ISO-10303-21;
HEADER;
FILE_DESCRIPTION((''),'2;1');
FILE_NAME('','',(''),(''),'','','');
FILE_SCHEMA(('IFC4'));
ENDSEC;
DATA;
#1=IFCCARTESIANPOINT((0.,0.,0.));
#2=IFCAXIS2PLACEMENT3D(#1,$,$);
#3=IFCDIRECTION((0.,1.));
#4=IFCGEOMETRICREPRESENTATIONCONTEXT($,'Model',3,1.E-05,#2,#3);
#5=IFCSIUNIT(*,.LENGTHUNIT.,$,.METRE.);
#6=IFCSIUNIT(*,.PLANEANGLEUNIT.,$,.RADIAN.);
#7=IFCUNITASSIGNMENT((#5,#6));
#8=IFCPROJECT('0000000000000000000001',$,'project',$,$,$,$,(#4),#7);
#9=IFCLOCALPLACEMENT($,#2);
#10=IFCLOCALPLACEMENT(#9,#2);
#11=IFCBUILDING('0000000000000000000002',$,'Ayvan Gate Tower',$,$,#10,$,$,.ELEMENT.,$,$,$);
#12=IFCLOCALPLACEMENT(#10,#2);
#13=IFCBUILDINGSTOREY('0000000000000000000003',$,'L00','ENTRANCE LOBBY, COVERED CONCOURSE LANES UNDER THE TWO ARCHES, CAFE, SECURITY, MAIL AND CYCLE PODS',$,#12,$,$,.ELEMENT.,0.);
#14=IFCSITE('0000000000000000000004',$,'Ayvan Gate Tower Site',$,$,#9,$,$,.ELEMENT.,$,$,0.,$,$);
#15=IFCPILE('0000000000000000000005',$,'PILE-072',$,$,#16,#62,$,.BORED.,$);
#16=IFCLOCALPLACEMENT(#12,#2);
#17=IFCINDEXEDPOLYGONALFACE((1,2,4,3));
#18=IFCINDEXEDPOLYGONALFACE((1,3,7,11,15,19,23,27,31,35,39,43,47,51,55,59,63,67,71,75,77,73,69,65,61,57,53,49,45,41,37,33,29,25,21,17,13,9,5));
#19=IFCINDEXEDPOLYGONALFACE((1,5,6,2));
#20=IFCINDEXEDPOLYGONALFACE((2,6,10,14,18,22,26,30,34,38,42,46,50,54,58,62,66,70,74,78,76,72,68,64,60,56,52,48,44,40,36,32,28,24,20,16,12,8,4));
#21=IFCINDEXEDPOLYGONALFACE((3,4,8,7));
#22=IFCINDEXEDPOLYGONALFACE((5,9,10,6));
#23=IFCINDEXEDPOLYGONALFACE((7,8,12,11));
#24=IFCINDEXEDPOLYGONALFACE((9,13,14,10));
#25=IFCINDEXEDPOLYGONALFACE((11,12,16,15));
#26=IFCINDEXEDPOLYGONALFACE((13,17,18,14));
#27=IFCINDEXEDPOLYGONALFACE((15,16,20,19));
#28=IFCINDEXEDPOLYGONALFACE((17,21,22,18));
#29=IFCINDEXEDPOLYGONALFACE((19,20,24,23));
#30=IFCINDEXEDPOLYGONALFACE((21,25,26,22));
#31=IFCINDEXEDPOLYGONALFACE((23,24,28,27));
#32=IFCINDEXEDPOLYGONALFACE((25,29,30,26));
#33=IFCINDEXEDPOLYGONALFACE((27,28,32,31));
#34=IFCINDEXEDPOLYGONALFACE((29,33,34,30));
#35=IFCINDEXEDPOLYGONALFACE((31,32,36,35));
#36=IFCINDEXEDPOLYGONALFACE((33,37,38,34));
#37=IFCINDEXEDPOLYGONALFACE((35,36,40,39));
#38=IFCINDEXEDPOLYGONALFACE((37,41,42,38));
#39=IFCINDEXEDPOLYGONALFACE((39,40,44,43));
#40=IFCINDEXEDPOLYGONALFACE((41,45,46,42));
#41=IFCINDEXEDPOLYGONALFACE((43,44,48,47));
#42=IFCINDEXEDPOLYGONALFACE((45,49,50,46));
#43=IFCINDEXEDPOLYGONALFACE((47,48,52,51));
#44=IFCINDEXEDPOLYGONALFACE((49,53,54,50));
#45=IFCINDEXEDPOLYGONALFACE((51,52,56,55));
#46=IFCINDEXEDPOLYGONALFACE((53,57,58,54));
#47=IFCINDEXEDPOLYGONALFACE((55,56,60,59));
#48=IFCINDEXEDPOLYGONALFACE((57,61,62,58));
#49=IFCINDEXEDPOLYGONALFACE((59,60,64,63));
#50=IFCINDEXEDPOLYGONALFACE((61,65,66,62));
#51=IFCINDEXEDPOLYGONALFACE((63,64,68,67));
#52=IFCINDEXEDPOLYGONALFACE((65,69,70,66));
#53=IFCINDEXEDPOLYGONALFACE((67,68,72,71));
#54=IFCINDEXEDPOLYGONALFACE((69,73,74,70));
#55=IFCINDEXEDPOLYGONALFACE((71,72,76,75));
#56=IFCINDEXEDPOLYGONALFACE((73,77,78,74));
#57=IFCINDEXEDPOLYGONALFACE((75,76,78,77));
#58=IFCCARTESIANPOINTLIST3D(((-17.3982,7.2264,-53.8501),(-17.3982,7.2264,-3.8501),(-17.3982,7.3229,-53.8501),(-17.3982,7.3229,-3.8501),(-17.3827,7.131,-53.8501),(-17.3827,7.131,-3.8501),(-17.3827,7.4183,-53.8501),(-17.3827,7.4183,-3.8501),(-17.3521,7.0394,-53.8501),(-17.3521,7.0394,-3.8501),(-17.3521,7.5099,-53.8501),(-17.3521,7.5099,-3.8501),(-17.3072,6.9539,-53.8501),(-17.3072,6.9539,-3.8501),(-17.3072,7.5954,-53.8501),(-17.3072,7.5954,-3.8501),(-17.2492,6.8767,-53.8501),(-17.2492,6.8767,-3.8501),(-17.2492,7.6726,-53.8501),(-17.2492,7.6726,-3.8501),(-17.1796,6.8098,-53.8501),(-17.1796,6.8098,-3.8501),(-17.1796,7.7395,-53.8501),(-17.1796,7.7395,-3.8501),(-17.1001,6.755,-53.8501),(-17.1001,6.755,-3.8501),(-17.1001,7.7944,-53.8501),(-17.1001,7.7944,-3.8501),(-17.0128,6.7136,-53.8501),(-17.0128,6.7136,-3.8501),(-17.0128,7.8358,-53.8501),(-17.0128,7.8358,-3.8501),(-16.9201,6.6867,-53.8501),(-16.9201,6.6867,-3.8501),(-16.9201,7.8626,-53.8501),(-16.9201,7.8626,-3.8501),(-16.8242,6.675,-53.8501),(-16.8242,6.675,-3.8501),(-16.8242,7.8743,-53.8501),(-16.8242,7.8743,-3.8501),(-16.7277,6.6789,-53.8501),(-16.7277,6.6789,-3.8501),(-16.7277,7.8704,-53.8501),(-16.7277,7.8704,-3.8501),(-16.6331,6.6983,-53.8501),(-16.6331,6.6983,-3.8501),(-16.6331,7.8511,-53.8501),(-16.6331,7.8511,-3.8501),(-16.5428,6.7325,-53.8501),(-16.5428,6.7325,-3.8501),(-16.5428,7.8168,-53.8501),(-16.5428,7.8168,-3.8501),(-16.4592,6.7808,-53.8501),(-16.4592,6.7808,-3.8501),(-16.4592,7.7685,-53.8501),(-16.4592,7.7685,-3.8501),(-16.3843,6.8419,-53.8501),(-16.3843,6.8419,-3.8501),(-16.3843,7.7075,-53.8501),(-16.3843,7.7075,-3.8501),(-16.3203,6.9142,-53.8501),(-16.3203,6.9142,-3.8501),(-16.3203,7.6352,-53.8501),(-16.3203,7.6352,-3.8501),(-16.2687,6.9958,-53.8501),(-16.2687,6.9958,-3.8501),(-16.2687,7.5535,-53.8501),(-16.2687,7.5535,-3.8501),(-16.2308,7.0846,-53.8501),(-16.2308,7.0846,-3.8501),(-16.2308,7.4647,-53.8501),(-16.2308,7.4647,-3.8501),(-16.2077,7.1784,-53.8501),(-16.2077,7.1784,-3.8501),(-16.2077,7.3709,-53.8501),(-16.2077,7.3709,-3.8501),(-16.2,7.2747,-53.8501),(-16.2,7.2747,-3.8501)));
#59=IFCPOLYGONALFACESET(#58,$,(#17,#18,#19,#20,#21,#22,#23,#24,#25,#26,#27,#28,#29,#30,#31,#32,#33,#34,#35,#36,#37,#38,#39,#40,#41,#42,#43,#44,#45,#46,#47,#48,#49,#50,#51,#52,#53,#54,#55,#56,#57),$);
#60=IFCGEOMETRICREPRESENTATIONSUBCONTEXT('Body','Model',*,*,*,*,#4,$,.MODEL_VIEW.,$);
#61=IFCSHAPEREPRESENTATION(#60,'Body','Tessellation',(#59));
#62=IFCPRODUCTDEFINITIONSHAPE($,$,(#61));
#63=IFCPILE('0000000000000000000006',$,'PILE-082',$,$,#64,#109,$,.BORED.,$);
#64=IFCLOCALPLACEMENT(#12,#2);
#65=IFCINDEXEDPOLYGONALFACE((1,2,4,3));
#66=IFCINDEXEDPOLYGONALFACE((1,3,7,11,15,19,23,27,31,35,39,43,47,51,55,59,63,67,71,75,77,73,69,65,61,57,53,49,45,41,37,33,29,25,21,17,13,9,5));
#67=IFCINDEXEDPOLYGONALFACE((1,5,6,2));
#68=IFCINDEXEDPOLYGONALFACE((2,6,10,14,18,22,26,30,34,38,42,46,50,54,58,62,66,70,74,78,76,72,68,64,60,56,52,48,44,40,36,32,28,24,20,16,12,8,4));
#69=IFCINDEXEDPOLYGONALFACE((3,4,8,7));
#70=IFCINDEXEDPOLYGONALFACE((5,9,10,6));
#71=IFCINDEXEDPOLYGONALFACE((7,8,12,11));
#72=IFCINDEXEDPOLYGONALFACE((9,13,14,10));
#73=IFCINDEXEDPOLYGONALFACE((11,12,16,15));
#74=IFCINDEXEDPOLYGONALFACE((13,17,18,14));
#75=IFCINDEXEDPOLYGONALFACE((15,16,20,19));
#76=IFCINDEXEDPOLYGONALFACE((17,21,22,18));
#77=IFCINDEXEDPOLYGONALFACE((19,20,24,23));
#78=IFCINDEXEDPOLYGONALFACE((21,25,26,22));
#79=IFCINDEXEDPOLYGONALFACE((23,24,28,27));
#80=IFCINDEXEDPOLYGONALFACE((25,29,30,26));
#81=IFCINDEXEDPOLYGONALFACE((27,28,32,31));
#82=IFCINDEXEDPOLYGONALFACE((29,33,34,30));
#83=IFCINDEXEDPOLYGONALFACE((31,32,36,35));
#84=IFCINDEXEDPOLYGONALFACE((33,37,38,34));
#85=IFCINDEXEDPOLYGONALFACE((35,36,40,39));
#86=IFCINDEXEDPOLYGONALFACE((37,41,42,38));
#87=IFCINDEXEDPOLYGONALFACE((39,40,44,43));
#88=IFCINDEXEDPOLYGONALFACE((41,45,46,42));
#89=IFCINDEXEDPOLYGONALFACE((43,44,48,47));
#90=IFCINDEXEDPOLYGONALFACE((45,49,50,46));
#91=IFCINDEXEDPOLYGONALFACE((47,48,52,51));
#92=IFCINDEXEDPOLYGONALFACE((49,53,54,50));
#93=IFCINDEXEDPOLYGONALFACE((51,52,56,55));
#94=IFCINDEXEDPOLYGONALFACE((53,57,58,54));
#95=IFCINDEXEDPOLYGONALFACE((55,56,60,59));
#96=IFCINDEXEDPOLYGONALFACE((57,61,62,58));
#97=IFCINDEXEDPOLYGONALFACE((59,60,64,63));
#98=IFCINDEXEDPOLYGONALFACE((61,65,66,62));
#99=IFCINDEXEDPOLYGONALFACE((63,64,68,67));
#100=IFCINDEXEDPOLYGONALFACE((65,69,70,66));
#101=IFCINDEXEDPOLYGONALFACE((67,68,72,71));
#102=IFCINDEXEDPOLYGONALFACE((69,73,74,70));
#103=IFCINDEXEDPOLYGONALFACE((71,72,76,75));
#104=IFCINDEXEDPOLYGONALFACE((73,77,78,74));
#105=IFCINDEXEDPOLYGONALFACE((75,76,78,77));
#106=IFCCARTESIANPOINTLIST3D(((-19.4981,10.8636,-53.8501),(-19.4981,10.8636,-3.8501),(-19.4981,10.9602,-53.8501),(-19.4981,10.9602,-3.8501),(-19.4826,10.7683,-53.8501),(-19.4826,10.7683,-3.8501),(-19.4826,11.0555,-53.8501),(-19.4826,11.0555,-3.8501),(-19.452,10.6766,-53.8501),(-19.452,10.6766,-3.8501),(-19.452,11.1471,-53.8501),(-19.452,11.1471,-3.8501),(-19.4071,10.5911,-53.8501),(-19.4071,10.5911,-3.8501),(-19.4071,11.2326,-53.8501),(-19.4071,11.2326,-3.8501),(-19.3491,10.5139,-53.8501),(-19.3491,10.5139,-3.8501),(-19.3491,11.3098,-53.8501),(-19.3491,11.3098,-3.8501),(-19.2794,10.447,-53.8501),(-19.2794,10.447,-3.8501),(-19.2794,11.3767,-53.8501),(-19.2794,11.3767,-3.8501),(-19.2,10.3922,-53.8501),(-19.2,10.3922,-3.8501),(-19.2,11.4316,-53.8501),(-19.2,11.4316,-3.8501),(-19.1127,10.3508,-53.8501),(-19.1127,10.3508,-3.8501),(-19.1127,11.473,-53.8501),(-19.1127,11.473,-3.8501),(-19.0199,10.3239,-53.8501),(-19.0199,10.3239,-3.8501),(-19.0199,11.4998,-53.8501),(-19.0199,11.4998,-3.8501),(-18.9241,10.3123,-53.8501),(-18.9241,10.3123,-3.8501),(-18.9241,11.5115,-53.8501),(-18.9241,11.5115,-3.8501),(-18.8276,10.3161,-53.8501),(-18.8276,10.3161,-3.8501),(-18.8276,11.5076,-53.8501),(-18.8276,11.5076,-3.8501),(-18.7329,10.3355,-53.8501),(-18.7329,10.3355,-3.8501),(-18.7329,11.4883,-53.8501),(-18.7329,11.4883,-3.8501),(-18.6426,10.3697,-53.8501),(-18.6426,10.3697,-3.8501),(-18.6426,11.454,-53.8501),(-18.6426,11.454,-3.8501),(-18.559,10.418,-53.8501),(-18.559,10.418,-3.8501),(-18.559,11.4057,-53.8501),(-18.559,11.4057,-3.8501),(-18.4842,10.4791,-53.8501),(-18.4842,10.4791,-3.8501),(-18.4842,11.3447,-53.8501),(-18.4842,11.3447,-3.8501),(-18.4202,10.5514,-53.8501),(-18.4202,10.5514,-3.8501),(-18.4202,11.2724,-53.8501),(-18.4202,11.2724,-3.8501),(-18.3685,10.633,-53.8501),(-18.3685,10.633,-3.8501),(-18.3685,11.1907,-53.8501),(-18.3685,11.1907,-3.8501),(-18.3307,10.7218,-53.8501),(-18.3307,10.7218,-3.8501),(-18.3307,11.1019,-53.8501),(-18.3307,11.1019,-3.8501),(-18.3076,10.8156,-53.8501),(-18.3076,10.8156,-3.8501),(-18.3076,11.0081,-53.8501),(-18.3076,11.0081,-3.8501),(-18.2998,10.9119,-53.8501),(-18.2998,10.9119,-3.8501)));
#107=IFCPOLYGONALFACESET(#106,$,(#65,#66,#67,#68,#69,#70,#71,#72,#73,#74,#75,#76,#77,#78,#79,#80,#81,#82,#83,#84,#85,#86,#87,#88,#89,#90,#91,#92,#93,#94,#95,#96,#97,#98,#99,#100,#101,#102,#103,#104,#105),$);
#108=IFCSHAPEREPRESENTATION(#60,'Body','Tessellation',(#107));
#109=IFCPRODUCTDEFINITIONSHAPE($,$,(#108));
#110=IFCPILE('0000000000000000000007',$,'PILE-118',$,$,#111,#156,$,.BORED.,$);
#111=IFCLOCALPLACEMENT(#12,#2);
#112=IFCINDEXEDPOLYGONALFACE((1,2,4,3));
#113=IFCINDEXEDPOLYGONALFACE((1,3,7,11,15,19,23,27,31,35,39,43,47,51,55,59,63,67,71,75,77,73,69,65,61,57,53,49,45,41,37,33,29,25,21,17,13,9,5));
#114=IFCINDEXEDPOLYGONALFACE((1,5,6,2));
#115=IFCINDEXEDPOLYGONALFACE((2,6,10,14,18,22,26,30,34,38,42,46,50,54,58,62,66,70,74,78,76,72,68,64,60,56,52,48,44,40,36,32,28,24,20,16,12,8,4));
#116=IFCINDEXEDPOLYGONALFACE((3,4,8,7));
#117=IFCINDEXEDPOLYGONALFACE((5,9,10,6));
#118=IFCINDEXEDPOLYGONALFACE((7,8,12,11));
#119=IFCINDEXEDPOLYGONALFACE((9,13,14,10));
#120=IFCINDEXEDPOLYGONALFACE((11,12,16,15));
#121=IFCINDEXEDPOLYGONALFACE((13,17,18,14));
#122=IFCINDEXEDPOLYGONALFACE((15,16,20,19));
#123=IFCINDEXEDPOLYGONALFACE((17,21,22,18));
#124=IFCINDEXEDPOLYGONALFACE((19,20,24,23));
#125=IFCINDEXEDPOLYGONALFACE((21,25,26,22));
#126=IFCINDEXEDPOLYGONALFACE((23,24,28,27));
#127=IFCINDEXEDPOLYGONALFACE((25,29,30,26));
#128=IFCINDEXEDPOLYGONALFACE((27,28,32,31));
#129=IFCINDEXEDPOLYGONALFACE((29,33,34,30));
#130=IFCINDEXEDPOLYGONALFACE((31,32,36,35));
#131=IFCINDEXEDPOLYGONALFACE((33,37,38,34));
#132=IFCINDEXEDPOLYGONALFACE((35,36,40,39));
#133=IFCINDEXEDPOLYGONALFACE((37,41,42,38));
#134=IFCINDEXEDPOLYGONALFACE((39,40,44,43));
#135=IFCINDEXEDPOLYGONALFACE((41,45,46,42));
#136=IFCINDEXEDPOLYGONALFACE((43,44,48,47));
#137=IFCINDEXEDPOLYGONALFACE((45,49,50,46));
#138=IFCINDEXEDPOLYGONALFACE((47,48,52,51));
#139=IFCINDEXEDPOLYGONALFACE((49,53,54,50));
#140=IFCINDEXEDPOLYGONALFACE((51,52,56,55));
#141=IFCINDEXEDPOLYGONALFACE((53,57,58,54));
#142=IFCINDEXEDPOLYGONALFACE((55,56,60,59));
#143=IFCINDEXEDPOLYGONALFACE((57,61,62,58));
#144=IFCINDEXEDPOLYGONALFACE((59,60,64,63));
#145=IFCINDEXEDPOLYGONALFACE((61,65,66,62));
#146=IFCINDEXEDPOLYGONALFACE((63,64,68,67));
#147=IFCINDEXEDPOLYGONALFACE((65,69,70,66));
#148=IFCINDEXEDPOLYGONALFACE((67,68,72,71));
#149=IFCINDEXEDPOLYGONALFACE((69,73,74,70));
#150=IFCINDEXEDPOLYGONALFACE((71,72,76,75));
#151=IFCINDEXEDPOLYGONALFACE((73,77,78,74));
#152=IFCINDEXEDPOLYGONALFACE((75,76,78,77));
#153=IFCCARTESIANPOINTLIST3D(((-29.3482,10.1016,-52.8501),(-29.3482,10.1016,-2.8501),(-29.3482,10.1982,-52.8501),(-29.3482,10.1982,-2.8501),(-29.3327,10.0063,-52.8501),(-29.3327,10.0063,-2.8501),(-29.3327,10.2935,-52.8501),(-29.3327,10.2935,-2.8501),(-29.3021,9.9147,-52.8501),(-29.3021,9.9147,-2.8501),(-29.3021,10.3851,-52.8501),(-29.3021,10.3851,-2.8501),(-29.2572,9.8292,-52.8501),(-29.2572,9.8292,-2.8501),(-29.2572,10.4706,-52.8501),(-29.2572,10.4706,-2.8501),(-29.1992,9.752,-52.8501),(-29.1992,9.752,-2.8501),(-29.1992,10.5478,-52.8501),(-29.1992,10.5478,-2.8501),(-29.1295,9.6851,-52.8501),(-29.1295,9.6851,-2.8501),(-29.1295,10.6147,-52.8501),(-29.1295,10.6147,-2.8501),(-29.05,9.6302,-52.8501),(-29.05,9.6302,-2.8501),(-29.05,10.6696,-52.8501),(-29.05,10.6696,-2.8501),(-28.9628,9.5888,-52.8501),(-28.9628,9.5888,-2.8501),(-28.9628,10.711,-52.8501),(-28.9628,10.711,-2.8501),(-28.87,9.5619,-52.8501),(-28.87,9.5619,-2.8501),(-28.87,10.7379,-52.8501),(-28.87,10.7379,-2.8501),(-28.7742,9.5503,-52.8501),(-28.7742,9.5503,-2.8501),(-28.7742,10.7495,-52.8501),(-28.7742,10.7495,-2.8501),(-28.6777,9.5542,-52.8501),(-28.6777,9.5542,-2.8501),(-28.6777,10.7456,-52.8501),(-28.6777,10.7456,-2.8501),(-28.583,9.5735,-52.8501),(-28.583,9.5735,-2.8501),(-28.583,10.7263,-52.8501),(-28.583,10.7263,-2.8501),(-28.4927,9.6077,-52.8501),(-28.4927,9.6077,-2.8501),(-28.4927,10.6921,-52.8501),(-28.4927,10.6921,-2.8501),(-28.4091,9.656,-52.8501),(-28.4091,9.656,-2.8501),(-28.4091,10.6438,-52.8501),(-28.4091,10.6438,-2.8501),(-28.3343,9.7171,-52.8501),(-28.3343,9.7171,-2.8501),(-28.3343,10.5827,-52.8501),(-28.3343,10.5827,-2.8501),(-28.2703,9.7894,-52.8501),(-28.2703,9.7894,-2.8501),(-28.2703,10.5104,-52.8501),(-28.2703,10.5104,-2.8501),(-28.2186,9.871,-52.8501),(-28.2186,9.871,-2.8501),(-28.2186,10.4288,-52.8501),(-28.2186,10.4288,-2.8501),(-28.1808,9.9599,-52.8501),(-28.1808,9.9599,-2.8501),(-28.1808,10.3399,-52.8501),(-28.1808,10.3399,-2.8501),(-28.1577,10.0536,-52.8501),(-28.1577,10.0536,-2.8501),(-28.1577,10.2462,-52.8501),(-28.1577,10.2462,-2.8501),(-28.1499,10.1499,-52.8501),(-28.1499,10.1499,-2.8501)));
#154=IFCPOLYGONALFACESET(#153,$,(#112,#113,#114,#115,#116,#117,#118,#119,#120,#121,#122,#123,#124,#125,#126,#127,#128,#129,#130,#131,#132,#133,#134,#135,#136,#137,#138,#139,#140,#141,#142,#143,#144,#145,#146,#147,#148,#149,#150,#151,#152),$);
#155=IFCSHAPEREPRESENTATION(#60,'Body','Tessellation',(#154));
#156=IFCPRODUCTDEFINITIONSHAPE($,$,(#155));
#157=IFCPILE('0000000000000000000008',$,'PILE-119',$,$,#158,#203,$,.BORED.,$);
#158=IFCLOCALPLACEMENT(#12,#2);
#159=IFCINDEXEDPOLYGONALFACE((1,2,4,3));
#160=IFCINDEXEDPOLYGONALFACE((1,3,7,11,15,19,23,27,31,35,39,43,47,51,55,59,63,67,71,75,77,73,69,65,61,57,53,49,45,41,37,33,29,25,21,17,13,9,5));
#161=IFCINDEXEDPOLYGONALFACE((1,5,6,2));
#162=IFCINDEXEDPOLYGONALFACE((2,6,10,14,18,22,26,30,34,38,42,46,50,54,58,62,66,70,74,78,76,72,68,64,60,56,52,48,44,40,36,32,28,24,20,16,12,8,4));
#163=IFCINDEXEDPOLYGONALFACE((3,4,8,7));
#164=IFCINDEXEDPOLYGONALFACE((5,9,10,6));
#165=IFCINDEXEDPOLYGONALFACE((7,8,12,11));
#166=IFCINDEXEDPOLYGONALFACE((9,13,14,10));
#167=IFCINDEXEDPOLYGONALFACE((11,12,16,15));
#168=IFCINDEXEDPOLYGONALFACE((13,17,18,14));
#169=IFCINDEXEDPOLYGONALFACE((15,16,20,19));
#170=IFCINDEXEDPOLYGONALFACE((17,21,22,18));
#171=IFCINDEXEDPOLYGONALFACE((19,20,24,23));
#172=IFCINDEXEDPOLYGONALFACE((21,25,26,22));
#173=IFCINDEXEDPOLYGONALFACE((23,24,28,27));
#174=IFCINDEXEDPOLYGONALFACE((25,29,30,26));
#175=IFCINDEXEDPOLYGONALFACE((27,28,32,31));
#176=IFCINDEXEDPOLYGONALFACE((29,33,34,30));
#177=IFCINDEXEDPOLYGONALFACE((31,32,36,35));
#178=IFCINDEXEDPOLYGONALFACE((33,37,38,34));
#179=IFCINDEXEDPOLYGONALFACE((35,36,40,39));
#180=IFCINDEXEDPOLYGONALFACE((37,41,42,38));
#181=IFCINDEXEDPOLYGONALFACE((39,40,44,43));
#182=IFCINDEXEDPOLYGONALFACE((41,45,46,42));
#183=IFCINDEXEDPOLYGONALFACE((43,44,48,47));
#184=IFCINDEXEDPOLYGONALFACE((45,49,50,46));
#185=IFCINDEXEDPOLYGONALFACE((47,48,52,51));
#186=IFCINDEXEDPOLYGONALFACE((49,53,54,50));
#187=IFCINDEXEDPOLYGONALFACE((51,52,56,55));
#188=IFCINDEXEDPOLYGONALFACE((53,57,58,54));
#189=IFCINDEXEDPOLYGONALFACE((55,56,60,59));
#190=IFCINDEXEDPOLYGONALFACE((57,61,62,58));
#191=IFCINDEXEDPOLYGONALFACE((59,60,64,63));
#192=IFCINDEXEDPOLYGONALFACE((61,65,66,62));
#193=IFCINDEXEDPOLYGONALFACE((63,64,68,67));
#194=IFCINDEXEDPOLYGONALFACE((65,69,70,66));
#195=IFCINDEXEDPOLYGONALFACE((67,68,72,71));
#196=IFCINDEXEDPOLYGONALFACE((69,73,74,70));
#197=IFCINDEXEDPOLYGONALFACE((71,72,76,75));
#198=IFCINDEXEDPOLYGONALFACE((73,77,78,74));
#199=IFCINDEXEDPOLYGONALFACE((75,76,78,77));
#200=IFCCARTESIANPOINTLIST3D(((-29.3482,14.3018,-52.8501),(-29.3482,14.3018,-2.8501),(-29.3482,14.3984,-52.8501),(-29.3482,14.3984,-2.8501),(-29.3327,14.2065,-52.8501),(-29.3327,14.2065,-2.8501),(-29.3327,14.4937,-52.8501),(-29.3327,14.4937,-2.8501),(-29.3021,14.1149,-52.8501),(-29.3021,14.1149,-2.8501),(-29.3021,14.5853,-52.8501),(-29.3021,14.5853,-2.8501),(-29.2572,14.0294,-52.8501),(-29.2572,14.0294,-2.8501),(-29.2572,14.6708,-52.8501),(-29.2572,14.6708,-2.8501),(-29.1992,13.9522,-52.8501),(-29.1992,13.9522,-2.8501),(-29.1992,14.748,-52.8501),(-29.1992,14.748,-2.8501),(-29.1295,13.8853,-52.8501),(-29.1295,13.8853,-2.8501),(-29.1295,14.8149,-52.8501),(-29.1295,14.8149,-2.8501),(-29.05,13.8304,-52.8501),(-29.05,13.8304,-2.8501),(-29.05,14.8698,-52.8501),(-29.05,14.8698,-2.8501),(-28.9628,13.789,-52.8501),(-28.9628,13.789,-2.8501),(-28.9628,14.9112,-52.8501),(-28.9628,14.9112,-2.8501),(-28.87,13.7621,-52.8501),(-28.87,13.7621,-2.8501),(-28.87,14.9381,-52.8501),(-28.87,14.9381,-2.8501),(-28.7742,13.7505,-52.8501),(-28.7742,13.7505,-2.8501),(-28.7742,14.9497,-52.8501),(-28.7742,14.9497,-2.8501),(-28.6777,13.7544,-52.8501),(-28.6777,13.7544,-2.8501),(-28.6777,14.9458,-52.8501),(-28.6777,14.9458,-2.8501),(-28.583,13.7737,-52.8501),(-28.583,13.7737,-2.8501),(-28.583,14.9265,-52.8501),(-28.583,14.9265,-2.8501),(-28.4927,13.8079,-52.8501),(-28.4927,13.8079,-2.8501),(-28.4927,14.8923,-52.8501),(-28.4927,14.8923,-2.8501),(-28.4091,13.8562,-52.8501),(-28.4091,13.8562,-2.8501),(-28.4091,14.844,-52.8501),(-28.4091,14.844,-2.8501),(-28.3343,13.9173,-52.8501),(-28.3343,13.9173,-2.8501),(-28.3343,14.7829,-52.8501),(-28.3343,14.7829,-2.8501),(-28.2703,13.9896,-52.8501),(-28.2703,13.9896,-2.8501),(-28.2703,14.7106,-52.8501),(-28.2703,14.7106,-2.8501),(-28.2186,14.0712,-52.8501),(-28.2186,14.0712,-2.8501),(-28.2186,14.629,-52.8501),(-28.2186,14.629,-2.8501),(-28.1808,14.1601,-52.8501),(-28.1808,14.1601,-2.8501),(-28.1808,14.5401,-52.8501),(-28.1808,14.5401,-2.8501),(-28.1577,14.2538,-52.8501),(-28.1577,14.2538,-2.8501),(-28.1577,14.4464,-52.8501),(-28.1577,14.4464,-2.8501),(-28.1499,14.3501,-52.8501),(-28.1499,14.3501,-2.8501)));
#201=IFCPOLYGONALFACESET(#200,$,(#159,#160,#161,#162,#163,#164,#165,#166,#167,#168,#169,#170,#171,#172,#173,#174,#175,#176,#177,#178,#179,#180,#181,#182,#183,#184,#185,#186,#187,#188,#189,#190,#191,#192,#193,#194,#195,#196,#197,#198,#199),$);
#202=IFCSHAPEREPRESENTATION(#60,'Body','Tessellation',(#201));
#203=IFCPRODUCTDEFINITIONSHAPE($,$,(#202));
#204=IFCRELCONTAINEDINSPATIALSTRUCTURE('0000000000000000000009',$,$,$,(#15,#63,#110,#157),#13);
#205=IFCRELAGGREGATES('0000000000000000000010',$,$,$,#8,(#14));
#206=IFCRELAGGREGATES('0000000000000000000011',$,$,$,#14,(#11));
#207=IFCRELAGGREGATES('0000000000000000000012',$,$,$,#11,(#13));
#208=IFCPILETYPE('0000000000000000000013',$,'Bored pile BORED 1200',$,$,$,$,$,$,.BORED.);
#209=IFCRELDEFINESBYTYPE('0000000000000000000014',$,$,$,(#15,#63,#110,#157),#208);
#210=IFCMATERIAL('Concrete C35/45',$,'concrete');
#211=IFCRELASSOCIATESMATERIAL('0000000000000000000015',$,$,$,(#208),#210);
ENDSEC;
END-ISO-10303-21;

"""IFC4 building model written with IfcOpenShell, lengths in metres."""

from ifc_helpers import new_model, si_unit, direction, frame, origin, origin_2d, place, context, subcontext, project, spatial, circle, extrude, material, material_profile, profile_set, type_object, element, save


model = new_model("IFC4")

# Units and contexts
model_context = context("Model", 3, precision=1e-05, world=origin(), true_north=direction((0.0, 1.0)))
body_context = subcontext(model_context, "Body", "Model", "MODEL_VIEW")
ifc_project = project(units=[si_unit("LENGTHUNIT", "METRE"), si_unit("PLANEANGLEUNIT", "RADIAN")], contexts=[model_context])

# Site, building, storey
site_placement = place(None, origin())
site = spatial("IfcSite", under=ifc_project, at=site_placement, Name="Ayvan Gate Tower Site", CompositionType="ELEMENT", RefElevation=0.0)
building_placement = place(site_placement, origin())
building = spatial("IfcBuilding", under=site, at=building_placement, Name="Ayvan Gate Tower", CompositionType="ELEMENT")
storey_placement = place(building_placement, origin())
storey = spatial("IfcBuildingStorey", under=building, at=storey_placement, Name="L00", Description="ENTRANCE LOBBY, COVERED CONCOURSE LANES UNDER THE TWO ARCHES, CAFE, SECURITY, MAIL AND CYCLE PODS", CompositionType="ELEMENT", Elevation=0.0)

# Piles
ifc_material_1 = material(Name="Concrete C35/45", Category="concrete")
ifc_material_profile_1 = material_profile(ifc_material_1, circle(Radius=0.6001, at=origin_2d()), Name="BORED 1200")
ifc_profile_set_1 = profile_set([ifc_material_profile_1], Name="Concrete C35/45")
pile_type = type_object("IfcPileType", Name="Bored pile BORED 1200", PredefinedType="BORED", material=ifc_profile_set_1)
for number, where, z_axis, x_axis, name in (
    (1, (-16.8, 7.2747, -3.8501), (0.0, 0.0, -1.0), (1.0, 0.0, 0.0), "PILE-072"),
    (2, (-18.8999, 10.9119, -3.8501), (0.0, 0.0, -1.0), (1.0, 0.0, 0.0), "PILE-082"),
    (3, (-28.75, 10.1499, -2.8501), (0.0, 0.0, -1.0), (1.0, 0.0, 0.0), "PILE-118"),
    (4, (-28.75, 14.3501, -2.8501), (0.0, 0.0, -1.0), (1.0, 0.0, 0.0), "PILE-119"),
):
    element("IfcPile", number, at=place(storey_placement, frame(where, z_axis=z_axis, x_axis=x_axis)), inside=storey, type_object=pile_type, Name=name, PredefinedType="BORED", context=body_context, shape_type="SweptSolid", body=[
        extrude(circle(Radius=0.6001, at=origin_2d()), origin(), (0.0, 0.0, 1.0), 50.0),
    ])

save(model, "model.ifc")
